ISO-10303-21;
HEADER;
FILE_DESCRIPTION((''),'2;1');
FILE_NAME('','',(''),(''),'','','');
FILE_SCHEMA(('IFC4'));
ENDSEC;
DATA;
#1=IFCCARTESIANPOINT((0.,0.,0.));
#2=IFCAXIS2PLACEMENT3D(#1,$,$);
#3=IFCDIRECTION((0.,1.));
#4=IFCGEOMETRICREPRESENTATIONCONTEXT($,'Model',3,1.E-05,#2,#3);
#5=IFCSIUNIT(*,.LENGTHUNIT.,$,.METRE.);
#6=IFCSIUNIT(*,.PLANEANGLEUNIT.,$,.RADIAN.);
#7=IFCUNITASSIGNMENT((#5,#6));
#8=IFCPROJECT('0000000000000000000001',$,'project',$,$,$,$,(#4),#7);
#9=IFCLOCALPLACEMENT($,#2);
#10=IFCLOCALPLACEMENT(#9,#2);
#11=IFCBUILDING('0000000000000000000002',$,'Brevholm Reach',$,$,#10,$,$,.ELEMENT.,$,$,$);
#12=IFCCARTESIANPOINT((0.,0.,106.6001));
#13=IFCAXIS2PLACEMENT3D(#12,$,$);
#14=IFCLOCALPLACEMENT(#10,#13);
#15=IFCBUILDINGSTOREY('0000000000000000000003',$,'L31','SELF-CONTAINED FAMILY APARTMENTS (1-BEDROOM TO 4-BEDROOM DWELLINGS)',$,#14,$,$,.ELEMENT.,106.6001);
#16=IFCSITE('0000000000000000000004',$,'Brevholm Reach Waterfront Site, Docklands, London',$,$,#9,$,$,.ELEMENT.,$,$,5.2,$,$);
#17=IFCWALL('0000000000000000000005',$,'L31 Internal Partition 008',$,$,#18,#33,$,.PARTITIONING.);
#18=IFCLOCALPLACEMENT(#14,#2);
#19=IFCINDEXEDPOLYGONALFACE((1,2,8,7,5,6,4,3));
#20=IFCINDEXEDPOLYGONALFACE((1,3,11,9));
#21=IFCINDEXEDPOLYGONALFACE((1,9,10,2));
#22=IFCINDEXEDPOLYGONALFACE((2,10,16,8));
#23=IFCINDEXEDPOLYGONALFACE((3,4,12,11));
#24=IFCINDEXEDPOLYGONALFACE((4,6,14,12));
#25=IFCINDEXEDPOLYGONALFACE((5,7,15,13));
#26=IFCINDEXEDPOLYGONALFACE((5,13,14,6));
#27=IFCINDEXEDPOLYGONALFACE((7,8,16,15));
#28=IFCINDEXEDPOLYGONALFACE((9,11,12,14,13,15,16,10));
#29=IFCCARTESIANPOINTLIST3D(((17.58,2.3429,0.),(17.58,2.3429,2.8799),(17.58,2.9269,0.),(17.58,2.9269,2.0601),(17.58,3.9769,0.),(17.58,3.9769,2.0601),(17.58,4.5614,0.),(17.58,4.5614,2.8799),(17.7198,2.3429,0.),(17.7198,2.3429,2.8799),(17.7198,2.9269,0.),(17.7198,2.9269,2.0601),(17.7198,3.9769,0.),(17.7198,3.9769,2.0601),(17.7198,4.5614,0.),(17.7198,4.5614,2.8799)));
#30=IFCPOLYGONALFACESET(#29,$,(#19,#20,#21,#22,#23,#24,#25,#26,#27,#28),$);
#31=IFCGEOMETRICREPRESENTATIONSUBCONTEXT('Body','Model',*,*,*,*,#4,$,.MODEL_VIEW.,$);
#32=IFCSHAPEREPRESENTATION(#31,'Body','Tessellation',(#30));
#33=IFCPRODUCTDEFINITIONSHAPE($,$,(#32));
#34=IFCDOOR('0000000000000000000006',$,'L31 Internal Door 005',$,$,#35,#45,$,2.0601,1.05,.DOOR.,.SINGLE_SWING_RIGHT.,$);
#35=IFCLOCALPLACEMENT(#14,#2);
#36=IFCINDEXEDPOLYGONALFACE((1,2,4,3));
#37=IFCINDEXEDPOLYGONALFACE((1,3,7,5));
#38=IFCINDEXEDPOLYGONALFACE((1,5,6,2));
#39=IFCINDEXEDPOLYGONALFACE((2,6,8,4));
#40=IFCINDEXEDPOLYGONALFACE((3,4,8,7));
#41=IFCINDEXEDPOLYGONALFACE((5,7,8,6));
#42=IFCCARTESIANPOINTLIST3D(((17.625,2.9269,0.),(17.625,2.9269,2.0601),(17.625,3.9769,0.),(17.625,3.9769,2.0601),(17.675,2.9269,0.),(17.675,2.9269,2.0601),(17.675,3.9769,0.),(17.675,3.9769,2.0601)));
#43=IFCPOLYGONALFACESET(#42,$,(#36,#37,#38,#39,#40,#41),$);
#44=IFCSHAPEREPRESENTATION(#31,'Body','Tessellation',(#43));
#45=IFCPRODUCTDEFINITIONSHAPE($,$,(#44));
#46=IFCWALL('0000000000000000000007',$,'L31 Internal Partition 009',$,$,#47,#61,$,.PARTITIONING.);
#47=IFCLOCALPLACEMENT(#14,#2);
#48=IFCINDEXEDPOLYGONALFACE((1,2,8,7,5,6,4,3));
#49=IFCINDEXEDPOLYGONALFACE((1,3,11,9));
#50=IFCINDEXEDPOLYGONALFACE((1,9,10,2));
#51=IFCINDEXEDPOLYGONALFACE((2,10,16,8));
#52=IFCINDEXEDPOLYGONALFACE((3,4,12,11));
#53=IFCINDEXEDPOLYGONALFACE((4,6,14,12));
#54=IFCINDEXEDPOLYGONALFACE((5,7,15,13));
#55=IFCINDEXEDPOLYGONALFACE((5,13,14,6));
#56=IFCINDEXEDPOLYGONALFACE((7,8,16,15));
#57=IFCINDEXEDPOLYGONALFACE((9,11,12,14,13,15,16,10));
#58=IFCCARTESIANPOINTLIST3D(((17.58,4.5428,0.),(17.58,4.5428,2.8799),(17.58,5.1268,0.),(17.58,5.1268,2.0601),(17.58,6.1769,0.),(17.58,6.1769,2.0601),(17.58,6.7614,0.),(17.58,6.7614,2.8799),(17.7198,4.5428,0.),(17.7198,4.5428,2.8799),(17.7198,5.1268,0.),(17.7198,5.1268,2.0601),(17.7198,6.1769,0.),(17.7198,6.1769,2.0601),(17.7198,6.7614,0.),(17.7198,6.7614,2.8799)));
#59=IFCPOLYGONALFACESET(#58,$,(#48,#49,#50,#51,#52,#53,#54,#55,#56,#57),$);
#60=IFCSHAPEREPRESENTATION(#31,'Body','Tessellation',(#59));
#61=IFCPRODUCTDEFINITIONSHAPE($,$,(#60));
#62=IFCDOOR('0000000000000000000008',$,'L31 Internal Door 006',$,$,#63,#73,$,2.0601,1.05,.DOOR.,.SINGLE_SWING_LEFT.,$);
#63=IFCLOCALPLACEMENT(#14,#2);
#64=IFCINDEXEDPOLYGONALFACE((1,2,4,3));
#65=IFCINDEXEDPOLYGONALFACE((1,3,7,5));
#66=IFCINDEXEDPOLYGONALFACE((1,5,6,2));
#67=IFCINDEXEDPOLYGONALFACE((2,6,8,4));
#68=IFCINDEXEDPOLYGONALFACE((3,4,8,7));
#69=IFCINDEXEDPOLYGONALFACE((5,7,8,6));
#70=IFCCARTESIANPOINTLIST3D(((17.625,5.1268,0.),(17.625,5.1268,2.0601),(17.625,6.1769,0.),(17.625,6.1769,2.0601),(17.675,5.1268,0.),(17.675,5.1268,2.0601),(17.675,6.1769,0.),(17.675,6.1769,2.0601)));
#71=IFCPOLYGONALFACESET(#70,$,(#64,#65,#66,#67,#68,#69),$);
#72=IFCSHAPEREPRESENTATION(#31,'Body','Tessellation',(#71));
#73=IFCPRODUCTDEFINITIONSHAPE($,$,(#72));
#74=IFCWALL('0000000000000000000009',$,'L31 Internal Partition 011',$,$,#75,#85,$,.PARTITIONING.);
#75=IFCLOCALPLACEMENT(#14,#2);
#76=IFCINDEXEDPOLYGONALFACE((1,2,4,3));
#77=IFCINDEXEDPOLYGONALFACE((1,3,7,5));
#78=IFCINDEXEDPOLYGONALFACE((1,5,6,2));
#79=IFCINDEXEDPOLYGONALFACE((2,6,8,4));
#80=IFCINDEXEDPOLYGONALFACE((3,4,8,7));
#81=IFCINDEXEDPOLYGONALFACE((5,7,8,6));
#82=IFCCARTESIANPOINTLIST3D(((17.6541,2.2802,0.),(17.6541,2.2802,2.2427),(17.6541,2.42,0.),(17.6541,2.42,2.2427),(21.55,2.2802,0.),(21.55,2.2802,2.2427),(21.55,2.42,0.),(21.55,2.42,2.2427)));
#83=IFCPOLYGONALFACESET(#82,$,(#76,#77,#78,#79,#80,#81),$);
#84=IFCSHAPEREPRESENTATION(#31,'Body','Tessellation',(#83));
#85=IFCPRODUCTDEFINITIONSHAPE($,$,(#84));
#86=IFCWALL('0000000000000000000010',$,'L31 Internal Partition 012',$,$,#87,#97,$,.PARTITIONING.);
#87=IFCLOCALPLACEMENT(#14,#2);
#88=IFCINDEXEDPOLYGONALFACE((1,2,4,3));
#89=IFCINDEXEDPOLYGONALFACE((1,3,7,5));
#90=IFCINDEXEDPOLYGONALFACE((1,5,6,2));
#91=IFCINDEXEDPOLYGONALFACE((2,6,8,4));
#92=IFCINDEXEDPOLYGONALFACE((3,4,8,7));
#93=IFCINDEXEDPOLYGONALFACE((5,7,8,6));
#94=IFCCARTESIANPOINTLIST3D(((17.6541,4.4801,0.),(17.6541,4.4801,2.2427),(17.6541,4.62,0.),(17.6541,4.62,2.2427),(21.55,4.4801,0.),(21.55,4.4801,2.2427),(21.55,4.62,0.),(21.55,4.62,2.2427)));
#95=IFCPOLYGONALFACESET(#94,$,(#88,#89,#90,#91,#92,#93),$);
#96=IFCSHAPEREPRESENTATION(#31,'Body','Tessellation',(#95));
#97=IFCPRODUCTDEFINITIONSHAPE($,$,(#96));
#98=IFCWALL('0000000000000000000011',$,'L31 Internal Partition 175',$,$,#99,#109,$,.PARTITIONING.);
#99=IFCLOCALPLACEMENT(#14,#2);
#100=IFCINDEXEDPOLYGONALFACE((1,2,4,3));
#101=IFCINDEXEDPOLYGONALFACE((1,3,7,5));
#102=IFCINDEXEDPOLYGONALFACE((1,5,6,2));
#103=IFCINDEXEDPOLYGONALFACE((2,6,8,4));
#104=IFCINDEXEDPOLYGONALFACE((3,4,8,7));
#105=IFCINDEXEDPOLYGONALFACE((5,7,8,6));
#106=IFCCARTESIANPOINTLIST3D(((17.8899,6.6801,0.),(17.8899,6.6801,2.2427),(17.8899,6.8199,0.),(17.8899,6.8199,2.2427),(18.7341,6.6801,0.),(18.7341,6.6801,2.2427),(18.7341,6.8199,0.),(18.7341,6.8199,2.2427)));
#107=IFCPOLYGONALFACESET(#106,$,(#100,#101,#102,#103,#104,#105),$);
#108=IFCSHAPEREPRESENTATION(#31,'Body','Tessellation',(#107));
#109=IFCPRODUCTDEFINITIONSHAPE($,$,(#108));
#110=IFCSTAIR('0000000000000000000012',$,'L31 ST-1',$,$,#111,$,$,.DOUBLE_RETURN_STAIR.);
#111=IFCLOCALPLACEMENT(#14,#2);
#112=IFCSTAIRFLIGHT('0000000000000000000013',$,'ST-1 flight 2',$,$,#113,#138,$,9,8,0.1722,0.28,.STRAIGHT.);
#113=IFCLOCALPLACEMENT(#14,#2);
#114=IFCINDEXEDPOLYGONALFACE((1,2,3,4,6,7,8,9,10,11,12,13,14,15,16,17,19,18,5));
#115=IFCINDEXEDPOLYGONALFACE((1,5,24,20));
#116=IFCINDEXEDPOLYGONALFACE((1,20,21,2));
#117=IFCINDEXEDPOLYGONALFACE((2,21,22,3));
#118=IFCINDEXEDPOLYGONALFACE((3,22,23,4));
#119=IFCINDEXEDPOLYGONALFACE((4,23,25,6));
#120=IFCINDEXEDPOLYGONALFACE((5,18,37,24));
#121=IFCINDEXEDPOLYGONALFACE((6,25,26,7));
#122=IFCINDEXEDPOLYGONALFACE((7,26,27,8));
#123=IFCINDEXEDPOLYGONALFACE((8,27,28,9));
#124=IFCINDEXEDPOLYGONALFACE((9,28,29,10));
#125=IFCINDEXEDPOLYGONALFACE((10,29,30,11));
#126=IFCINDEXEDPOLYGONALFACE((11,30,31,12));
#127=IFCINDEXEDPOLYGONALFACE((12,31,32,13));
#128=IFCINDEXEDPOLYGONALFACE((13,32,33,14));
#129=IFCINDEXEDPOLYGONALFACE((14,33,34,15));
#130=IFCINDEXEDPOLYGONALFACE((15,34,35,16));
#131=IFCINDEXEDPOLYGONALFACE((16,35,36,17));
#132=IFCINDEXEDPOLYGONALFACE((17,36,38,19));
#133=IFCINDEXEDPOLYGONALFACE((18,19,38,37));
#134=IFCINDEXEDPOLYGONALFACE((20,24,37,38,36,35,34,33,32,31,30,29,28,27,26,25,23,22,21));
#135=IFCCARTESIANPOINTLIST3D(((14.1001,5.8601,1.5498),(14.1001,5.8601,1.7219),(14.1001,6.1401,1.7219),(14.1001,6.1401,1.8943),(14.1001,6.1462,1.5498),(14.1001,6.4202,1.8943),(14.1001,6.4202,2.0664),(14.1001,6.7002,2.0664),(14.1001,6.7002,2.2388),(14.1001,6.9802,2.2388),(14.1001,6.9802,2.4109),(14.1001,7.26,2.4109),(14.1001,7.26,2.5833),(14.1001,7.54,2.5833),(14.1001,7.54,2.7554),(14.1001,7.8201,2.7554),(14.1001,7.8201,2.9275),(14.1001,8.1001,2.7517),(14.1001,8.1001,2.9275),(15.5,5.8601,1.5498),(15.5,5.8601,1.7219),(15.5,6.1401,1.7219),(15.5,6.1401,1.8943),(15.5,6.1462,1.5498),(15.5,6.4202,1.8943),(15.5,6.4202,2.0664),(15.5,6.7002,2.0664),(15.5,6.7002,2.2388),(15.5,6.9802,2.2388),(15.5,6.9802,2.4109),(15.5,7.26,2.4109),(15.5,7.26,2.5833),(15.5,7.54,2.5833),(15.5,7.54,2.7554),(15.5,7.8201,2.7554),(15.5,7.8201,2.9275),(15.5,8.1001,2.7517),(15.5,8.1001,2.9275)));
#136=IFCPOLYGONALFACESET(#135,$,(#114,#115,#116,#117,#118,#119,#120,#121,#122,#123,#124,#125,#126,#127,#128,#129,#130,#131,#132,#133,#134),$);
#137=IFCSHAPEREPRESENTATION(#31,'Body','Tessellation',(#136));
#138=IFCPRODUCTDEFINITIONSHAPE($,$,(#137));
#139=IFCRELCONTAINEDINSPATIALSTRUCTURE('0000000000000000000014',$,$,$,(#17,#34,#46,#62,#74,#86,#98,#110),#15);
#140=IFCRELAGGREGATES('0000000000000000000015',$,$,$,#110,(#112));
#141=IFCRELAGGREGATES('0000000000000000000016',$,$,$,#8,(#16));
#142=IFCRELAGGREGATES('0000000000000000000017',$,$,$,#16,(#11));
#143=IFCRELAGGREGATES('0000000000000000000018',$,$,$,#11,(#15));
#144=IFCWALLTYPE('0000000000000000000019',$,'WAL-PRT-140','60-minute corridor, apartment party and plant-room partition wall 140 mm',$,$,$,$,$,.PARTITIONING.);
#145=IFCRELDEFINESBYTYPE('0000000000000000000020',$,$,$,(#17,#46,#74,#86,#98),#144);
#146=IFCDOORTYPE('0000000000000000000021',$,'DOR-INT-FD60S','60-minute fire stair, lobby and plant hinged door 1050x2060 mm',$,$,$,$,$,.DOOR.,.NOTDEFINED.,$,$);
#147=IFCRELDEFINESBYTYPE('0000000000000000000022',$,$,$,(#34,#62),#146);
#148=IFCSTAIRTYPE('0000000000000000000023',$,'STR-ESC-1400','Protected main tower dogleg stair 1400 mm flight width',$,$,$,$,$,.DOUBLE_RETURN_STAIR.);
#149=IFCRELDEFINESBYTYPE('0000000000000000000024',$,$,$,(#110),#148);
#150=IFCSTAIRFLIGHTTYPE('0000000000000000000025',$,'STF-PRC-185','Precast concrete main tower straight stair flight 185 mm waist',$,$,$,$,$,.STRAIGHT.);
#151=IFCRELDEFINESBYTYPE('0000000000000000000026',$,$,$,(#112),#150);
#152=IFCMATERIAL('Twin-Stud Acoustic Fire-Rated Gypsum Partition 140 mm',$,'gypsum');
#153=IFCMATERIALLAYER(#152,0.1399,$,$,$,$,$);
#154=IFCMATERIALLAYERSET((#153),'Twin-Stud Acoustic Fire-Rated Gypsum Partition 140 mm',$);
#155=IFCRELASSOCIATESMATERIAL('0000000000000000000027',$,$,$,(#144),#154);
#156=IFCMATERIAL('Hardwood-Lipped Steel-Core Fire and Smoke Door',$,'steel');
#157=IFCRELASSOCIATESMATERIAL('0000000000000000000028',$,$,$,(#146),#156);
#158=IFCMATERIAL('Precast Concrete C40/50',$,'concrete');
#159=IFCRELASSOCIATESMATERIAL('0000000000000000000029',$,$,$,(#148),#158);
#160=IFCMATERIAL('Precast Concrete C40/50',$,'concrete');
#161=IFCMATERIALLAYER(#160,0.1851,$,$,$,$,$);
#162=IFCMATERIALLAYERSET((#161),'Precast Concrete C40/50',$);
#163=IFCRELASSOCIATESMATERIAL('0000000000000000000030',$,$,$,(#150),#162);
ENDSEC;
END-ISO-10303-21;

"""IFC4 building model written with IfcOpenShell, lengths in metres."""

from ifc_helpers import new_model, si_unit, direction, frame, frame_2d, origin, place, context, subcontext, project, spatial, polyline, rectangle, outline, extrude, material, layer, layer_set, type_object, element, fill, aggregate, save


model = new_model("IFC4")

# Units and contexts
model_context = context("Model", 3, precision=1e-05, world=origin(), true_north=direction((0.0, 1.0)))
body_context = subcontext(model_context, "Body", "Model", "MODEL_VIEW")
ifc_project = project(units=[si_unit("LENGTHUNIT", "METRE"), si_unit("PLANEANGLEUNIT", "RADIAN")], contexts=[model_context])

# Site, building, storey
site_placement = place(None, origin())
site = spatial("IfcSite", under=ifc_project, at=site_placement, Name="Brevholm Reach Waterfront Site, Docklands, London", CompositionType="ELEMENT", RefElevation=5.2)
building_placement = place(site_placement, origin())
building = spatial("IfcBuilding", under=site, at=building_placement, Name="Brevholm Reach", CompositionType="ELEMENT")
storey_placement = place(building_placement, frame((0.0, 0.0, 106.6001)))
storey = spatial("IfcBuildingStorey", under=building, at=storey_placement, Name="L31", Description="SELF-CONTAINED FAMILY APARTMENTS (1-BEDROOM TO 4-BEDROOM DWELLINGS)", CompositionType="ELEMENT", Elevation=106.6001)

# Walls, openings, doors
ifc_material_1 = material(Name="Twin-Stud Acoustic Fire-Rated Gypsum Partition 140 mm", Category="gypsum")
ifc_layer_1 = layer(ifc_material_1, 0.1399)
ifc_layer_set_1 = layer_set([ifc_layer_1], Name="Twin-Stud Acoustic Fire-Rated Gypsum Partition 140 mm")
wall_type_1 = type_object("IfcWallType", Name="WAL-PRT-140", Description="60-minute corridor, apartment party and plant-room partition wall 140 mm", PredefinedType="PARTITIONING", material=ifc_layer_set_1)
ifc_material_2 = material(Name="Hardwood-Lipped Steel-Core Fire and Smoke Door", Category="steel")
door_type = type_object("IfcDoorType", Name="DOR-INT-FD60S", Description="60-minute fire stair, lobby and plant hinged door 1050x2060 mm", OperationType="NOTDEFINED", PredefinedType="DOOR", material=ifc_material_2)
wall_1_placement = place(storey_placement, frame((17.6499, 2.3428, 0.0), z_axis=(0.0, 0.0, 1.0), x_axis=(0.0, 1.0, 0.0)))
wall_1 = element("IfcWall", 1, at=wall_1_placement, inside=storey, type_object=wall_type_1, Name="L31 Internal Partition 008", PredefinedType="PARTITIONING", context=body_context, shape_type="SweptSolid", body=[
    extrude(rectangle(XDim=2.2185, YDim=0.1399, at=frame_2d((1.1094, 0.0))), origin(), (0.0, 0.0, 1.0), 2.8799),
])
opening_1_placement = place(wall_1_placement, frame((0.5842, 0.0, 0.0)))
opening_1 = element("IfcOpeningElement", 2, at=opening_1_placement, cuts=wall_1, PredefinedType="OPENING", context=body_context, shape_type="SweptSolid", body=[
    extrude(rectangle(XDim=1.05, YDim=2.0601, at=frame_2d((0.5249, 1.03))), frame((0.0, 0.0798, 0.0), z_axis=(0.0, -1.0, 0.0), x_axis=(1.0, 0.0, 0.0)), (0.0, 0.0, 1.0), 0.1599),
])
door_1_placement = place(opening_1_placement, origin())
door_1 = element("IfcDoor", 3, at=door_1_placement, inside=storey, type_object=door_type, Name="L31 Internal Door 005", OperationType="SINGLE_SWING_RIGHT", OverallHeight=2.0601, OverallWidth=1.05, PredefinedType="DOOR", context=body_context, shape_type="SweptSolid", body=[
    extrude(rectangle(XDim=1.05, YDim=2.0601, at=frame_2d((0.5249, 1.03))), frame((0.0, 0.0249, 0.0), z_axis=(0.0, -1.0, 0.0), x_axis=(1.0, 0.0, 0.0)), (0.0, 0.0, 1.0), 0.05),
])
fill(opening_1, door_1)
wall_2_placement = place(storey_placement, frame((17.6499, 4.5427, 0.0), z_axis=(0.0, 0.0, 1.0), x_axis=(0.0, 1.0, 0.0)))
wall_2 = element("IfcWall", 4, at=wall_2_placement, inside=storey, type_object=wall_type_1, Name="L31 Internal Partition 009", PredefinedType="PARTITIONING", context=body_context, shape_type="SweptSolid", body=[
    extrude(rectangle(XDim=2.2185, YDim=0.1399, at=frame_2d((1.1094, 0.0))), origin(), (0.0, 0.0, 1.0), 2.8799),
])
opening_2_placement = place(wall_2_placement, frame((0.5842, 0.0, 0.0)))
opening_2 = element("IfcOpeningElement", 5, at=opening_2_placement, cuts=wall_2, PredefinedType="OPENING", context=body_context, shape_type="SweptSolid", body=[
    extrude(rectangle(XDim=1.05, YDim=2.0601, at=frame_2d((0.5249, 1.03))), frame((0.0, 0.0798, 0.0), z_axis=(0.0, -1.0, 0.0), x_axis=(1.0, 0.0, 0.0)), (0.0, 0.0, 1.0), 0.1599),
])
door_2_placement = place(opening_2_placement, origin())
door_2 = element("IfcDoor", 6, at=door_2_placement, inside=storey, type_object=door_type, Name="L31 Internal Door 006", OperationType="SINGLE_SWING_LEFT", OverallHeight=2.0601, OverallWidth=1.05, PredefinedType="DOOR", context=body_context, shape_type="SweptSolid", body=[
    extrude(rectangle(XDim=1.05, YDim=2.0601, at=frame_2d((0.5249, 1.03))), frame((0.0, 0.0249, 0.0), z_axis=(0.0, -1.0, 0.0), x_axis=(1.0, 0.0, 0.0)), (0.0, 0.0, 1.0), 0.05),
])
fill(opening_2, door_2)

# Walls
for number, where, z_axis, x_axis, name in (
    (7, (17.6541, 2.3501, 0.0), (0.0, 0.0, 1.0), (1.0, 0.0, 0.0), "L31 Internal Partition 011"),
    (8, (17.6541, 4.55, 0.0), (0.0, 0.0, 1.0), (1.0, 0.0, 0.0), "L31 Internal Partition 012"),
):
    element("IfcWall", number, at=place(storey_placement, frame(where, z_axis=z_axis, x_axis=x_axis)), inside=storey, type_object=wall_type_1, Name=name, PredefinedType="PARTITIONING", context=body_context, shape_type="SweptSolid", body=[
        extrude(rectangle(XDim=3.896, YDim=0.1399, at=frame_2d((1.948, 0.0))), origin(), (0.0, 0.0, 1.0), 2.2427),
    ])
wall_3_placement = place(storey_placement, frame((17.8899, 6.75, 0.0), z_axis=(0.0, 0.0, 1.0), x_axis=(1.0, 0.0, 0.0)))
element("IfcWall", 9, at=wall_3_placement, inside=storey, type_object=wall_type_1, Name="L31 Internal Partition 175", PredefinedType="PARTITIONING", context=body_context, shape_type="SweptSolid", body=[
    extrude(rectangle(XDim=0.8442, YDim=0.1399, at=frame_2d((0.4221, 0.0))), origin(), (0.0, 0.0, 1.0), 2.2427),
])

# Stair, stair flight
ifc_material_3 = material(Name="Precast Concrete C40/50", Category="concrete")
stair_type = type_object("IfcStairType", Name="STR-ESC-1400", Description="Protected main tower dogleg stair 1400 mm flight width", PredefinedType="DOUBLE_RETURN_STAIR", material=ifc_material_3)
stair_placement = place(storey_placement, origin())
stair = element("IfcStair", 10, at=stair_placement, inside=storey, type_object=stair_type, Name="L31 ST-1", PredefinedType="DOUBLE_RETURN_STAIR")
ifc_material_4 = material(Name="Precast Concrete C40/50", Category="concrete")
ifc_layer_2 = layer(ifc_material_4, 0.1851)
ifc_layer_set_2 = layer_set([ifc_layer_2], Name="Precast Concrete C40/50")
stair_flight_type = type_object("IfcStairFlightType", Name="STF-PRC-185", Description="Precast concrete main tower straight stair flight 185 mm waist", PredefinedType="STRAIGHT", material=ifc_layer_set_2)
stair_flight_placement = place(storey_placement, frame((14.8, 5.8601, 1.5498), z_axis=(0.0, 0.0, 1.0), x_axis=(0.0, 1.0, 0.0)))
stair_flight = element("IfcStairFlight", 11, at=stair_flight_placement, type_object=stair_flight_type, Name="ST-1 flight 2", NumberOfRisers=9, NumberOfTreads=8, PredefinedType="STRAIGHT", RiserHeight=0.1722, TreadLength=0.28, context=body_context, shape_type="SweptSolid", body=[
    extrude(outline(polyline([(0.0, 0.0), (0.0, 0.1721), (0.28, 0.1721), (0.28, 0.3445), (0.5601, 0.3445), (0.5601, 0.5166), (0.8401, 0.5166), (0.8401, 0.689), (1.1201, 0.689), (1.1201, 0.8611), (1.3999, 0.8611), (1.3999, 1.0334), (1.6799, 1.0334), (1.6799, 1.2056), (1.96, 1.2056), (1.96, 1.3777), (2.24, 1.3777), (2.24, 1.55), (2.24, 1.2019), (0.2861, 0.0), (0.0, 0.0)])), frame((0.0, 0.7, 0.0), z_axis=(0.0, -1.0, 0.0), x_axis=(1.0, 0.0, 0.0)), (0.0, 0.0, 1.0), 1.3999),
])
aggregate(stair, [stair_flight])

save(model, "model.ifc")
